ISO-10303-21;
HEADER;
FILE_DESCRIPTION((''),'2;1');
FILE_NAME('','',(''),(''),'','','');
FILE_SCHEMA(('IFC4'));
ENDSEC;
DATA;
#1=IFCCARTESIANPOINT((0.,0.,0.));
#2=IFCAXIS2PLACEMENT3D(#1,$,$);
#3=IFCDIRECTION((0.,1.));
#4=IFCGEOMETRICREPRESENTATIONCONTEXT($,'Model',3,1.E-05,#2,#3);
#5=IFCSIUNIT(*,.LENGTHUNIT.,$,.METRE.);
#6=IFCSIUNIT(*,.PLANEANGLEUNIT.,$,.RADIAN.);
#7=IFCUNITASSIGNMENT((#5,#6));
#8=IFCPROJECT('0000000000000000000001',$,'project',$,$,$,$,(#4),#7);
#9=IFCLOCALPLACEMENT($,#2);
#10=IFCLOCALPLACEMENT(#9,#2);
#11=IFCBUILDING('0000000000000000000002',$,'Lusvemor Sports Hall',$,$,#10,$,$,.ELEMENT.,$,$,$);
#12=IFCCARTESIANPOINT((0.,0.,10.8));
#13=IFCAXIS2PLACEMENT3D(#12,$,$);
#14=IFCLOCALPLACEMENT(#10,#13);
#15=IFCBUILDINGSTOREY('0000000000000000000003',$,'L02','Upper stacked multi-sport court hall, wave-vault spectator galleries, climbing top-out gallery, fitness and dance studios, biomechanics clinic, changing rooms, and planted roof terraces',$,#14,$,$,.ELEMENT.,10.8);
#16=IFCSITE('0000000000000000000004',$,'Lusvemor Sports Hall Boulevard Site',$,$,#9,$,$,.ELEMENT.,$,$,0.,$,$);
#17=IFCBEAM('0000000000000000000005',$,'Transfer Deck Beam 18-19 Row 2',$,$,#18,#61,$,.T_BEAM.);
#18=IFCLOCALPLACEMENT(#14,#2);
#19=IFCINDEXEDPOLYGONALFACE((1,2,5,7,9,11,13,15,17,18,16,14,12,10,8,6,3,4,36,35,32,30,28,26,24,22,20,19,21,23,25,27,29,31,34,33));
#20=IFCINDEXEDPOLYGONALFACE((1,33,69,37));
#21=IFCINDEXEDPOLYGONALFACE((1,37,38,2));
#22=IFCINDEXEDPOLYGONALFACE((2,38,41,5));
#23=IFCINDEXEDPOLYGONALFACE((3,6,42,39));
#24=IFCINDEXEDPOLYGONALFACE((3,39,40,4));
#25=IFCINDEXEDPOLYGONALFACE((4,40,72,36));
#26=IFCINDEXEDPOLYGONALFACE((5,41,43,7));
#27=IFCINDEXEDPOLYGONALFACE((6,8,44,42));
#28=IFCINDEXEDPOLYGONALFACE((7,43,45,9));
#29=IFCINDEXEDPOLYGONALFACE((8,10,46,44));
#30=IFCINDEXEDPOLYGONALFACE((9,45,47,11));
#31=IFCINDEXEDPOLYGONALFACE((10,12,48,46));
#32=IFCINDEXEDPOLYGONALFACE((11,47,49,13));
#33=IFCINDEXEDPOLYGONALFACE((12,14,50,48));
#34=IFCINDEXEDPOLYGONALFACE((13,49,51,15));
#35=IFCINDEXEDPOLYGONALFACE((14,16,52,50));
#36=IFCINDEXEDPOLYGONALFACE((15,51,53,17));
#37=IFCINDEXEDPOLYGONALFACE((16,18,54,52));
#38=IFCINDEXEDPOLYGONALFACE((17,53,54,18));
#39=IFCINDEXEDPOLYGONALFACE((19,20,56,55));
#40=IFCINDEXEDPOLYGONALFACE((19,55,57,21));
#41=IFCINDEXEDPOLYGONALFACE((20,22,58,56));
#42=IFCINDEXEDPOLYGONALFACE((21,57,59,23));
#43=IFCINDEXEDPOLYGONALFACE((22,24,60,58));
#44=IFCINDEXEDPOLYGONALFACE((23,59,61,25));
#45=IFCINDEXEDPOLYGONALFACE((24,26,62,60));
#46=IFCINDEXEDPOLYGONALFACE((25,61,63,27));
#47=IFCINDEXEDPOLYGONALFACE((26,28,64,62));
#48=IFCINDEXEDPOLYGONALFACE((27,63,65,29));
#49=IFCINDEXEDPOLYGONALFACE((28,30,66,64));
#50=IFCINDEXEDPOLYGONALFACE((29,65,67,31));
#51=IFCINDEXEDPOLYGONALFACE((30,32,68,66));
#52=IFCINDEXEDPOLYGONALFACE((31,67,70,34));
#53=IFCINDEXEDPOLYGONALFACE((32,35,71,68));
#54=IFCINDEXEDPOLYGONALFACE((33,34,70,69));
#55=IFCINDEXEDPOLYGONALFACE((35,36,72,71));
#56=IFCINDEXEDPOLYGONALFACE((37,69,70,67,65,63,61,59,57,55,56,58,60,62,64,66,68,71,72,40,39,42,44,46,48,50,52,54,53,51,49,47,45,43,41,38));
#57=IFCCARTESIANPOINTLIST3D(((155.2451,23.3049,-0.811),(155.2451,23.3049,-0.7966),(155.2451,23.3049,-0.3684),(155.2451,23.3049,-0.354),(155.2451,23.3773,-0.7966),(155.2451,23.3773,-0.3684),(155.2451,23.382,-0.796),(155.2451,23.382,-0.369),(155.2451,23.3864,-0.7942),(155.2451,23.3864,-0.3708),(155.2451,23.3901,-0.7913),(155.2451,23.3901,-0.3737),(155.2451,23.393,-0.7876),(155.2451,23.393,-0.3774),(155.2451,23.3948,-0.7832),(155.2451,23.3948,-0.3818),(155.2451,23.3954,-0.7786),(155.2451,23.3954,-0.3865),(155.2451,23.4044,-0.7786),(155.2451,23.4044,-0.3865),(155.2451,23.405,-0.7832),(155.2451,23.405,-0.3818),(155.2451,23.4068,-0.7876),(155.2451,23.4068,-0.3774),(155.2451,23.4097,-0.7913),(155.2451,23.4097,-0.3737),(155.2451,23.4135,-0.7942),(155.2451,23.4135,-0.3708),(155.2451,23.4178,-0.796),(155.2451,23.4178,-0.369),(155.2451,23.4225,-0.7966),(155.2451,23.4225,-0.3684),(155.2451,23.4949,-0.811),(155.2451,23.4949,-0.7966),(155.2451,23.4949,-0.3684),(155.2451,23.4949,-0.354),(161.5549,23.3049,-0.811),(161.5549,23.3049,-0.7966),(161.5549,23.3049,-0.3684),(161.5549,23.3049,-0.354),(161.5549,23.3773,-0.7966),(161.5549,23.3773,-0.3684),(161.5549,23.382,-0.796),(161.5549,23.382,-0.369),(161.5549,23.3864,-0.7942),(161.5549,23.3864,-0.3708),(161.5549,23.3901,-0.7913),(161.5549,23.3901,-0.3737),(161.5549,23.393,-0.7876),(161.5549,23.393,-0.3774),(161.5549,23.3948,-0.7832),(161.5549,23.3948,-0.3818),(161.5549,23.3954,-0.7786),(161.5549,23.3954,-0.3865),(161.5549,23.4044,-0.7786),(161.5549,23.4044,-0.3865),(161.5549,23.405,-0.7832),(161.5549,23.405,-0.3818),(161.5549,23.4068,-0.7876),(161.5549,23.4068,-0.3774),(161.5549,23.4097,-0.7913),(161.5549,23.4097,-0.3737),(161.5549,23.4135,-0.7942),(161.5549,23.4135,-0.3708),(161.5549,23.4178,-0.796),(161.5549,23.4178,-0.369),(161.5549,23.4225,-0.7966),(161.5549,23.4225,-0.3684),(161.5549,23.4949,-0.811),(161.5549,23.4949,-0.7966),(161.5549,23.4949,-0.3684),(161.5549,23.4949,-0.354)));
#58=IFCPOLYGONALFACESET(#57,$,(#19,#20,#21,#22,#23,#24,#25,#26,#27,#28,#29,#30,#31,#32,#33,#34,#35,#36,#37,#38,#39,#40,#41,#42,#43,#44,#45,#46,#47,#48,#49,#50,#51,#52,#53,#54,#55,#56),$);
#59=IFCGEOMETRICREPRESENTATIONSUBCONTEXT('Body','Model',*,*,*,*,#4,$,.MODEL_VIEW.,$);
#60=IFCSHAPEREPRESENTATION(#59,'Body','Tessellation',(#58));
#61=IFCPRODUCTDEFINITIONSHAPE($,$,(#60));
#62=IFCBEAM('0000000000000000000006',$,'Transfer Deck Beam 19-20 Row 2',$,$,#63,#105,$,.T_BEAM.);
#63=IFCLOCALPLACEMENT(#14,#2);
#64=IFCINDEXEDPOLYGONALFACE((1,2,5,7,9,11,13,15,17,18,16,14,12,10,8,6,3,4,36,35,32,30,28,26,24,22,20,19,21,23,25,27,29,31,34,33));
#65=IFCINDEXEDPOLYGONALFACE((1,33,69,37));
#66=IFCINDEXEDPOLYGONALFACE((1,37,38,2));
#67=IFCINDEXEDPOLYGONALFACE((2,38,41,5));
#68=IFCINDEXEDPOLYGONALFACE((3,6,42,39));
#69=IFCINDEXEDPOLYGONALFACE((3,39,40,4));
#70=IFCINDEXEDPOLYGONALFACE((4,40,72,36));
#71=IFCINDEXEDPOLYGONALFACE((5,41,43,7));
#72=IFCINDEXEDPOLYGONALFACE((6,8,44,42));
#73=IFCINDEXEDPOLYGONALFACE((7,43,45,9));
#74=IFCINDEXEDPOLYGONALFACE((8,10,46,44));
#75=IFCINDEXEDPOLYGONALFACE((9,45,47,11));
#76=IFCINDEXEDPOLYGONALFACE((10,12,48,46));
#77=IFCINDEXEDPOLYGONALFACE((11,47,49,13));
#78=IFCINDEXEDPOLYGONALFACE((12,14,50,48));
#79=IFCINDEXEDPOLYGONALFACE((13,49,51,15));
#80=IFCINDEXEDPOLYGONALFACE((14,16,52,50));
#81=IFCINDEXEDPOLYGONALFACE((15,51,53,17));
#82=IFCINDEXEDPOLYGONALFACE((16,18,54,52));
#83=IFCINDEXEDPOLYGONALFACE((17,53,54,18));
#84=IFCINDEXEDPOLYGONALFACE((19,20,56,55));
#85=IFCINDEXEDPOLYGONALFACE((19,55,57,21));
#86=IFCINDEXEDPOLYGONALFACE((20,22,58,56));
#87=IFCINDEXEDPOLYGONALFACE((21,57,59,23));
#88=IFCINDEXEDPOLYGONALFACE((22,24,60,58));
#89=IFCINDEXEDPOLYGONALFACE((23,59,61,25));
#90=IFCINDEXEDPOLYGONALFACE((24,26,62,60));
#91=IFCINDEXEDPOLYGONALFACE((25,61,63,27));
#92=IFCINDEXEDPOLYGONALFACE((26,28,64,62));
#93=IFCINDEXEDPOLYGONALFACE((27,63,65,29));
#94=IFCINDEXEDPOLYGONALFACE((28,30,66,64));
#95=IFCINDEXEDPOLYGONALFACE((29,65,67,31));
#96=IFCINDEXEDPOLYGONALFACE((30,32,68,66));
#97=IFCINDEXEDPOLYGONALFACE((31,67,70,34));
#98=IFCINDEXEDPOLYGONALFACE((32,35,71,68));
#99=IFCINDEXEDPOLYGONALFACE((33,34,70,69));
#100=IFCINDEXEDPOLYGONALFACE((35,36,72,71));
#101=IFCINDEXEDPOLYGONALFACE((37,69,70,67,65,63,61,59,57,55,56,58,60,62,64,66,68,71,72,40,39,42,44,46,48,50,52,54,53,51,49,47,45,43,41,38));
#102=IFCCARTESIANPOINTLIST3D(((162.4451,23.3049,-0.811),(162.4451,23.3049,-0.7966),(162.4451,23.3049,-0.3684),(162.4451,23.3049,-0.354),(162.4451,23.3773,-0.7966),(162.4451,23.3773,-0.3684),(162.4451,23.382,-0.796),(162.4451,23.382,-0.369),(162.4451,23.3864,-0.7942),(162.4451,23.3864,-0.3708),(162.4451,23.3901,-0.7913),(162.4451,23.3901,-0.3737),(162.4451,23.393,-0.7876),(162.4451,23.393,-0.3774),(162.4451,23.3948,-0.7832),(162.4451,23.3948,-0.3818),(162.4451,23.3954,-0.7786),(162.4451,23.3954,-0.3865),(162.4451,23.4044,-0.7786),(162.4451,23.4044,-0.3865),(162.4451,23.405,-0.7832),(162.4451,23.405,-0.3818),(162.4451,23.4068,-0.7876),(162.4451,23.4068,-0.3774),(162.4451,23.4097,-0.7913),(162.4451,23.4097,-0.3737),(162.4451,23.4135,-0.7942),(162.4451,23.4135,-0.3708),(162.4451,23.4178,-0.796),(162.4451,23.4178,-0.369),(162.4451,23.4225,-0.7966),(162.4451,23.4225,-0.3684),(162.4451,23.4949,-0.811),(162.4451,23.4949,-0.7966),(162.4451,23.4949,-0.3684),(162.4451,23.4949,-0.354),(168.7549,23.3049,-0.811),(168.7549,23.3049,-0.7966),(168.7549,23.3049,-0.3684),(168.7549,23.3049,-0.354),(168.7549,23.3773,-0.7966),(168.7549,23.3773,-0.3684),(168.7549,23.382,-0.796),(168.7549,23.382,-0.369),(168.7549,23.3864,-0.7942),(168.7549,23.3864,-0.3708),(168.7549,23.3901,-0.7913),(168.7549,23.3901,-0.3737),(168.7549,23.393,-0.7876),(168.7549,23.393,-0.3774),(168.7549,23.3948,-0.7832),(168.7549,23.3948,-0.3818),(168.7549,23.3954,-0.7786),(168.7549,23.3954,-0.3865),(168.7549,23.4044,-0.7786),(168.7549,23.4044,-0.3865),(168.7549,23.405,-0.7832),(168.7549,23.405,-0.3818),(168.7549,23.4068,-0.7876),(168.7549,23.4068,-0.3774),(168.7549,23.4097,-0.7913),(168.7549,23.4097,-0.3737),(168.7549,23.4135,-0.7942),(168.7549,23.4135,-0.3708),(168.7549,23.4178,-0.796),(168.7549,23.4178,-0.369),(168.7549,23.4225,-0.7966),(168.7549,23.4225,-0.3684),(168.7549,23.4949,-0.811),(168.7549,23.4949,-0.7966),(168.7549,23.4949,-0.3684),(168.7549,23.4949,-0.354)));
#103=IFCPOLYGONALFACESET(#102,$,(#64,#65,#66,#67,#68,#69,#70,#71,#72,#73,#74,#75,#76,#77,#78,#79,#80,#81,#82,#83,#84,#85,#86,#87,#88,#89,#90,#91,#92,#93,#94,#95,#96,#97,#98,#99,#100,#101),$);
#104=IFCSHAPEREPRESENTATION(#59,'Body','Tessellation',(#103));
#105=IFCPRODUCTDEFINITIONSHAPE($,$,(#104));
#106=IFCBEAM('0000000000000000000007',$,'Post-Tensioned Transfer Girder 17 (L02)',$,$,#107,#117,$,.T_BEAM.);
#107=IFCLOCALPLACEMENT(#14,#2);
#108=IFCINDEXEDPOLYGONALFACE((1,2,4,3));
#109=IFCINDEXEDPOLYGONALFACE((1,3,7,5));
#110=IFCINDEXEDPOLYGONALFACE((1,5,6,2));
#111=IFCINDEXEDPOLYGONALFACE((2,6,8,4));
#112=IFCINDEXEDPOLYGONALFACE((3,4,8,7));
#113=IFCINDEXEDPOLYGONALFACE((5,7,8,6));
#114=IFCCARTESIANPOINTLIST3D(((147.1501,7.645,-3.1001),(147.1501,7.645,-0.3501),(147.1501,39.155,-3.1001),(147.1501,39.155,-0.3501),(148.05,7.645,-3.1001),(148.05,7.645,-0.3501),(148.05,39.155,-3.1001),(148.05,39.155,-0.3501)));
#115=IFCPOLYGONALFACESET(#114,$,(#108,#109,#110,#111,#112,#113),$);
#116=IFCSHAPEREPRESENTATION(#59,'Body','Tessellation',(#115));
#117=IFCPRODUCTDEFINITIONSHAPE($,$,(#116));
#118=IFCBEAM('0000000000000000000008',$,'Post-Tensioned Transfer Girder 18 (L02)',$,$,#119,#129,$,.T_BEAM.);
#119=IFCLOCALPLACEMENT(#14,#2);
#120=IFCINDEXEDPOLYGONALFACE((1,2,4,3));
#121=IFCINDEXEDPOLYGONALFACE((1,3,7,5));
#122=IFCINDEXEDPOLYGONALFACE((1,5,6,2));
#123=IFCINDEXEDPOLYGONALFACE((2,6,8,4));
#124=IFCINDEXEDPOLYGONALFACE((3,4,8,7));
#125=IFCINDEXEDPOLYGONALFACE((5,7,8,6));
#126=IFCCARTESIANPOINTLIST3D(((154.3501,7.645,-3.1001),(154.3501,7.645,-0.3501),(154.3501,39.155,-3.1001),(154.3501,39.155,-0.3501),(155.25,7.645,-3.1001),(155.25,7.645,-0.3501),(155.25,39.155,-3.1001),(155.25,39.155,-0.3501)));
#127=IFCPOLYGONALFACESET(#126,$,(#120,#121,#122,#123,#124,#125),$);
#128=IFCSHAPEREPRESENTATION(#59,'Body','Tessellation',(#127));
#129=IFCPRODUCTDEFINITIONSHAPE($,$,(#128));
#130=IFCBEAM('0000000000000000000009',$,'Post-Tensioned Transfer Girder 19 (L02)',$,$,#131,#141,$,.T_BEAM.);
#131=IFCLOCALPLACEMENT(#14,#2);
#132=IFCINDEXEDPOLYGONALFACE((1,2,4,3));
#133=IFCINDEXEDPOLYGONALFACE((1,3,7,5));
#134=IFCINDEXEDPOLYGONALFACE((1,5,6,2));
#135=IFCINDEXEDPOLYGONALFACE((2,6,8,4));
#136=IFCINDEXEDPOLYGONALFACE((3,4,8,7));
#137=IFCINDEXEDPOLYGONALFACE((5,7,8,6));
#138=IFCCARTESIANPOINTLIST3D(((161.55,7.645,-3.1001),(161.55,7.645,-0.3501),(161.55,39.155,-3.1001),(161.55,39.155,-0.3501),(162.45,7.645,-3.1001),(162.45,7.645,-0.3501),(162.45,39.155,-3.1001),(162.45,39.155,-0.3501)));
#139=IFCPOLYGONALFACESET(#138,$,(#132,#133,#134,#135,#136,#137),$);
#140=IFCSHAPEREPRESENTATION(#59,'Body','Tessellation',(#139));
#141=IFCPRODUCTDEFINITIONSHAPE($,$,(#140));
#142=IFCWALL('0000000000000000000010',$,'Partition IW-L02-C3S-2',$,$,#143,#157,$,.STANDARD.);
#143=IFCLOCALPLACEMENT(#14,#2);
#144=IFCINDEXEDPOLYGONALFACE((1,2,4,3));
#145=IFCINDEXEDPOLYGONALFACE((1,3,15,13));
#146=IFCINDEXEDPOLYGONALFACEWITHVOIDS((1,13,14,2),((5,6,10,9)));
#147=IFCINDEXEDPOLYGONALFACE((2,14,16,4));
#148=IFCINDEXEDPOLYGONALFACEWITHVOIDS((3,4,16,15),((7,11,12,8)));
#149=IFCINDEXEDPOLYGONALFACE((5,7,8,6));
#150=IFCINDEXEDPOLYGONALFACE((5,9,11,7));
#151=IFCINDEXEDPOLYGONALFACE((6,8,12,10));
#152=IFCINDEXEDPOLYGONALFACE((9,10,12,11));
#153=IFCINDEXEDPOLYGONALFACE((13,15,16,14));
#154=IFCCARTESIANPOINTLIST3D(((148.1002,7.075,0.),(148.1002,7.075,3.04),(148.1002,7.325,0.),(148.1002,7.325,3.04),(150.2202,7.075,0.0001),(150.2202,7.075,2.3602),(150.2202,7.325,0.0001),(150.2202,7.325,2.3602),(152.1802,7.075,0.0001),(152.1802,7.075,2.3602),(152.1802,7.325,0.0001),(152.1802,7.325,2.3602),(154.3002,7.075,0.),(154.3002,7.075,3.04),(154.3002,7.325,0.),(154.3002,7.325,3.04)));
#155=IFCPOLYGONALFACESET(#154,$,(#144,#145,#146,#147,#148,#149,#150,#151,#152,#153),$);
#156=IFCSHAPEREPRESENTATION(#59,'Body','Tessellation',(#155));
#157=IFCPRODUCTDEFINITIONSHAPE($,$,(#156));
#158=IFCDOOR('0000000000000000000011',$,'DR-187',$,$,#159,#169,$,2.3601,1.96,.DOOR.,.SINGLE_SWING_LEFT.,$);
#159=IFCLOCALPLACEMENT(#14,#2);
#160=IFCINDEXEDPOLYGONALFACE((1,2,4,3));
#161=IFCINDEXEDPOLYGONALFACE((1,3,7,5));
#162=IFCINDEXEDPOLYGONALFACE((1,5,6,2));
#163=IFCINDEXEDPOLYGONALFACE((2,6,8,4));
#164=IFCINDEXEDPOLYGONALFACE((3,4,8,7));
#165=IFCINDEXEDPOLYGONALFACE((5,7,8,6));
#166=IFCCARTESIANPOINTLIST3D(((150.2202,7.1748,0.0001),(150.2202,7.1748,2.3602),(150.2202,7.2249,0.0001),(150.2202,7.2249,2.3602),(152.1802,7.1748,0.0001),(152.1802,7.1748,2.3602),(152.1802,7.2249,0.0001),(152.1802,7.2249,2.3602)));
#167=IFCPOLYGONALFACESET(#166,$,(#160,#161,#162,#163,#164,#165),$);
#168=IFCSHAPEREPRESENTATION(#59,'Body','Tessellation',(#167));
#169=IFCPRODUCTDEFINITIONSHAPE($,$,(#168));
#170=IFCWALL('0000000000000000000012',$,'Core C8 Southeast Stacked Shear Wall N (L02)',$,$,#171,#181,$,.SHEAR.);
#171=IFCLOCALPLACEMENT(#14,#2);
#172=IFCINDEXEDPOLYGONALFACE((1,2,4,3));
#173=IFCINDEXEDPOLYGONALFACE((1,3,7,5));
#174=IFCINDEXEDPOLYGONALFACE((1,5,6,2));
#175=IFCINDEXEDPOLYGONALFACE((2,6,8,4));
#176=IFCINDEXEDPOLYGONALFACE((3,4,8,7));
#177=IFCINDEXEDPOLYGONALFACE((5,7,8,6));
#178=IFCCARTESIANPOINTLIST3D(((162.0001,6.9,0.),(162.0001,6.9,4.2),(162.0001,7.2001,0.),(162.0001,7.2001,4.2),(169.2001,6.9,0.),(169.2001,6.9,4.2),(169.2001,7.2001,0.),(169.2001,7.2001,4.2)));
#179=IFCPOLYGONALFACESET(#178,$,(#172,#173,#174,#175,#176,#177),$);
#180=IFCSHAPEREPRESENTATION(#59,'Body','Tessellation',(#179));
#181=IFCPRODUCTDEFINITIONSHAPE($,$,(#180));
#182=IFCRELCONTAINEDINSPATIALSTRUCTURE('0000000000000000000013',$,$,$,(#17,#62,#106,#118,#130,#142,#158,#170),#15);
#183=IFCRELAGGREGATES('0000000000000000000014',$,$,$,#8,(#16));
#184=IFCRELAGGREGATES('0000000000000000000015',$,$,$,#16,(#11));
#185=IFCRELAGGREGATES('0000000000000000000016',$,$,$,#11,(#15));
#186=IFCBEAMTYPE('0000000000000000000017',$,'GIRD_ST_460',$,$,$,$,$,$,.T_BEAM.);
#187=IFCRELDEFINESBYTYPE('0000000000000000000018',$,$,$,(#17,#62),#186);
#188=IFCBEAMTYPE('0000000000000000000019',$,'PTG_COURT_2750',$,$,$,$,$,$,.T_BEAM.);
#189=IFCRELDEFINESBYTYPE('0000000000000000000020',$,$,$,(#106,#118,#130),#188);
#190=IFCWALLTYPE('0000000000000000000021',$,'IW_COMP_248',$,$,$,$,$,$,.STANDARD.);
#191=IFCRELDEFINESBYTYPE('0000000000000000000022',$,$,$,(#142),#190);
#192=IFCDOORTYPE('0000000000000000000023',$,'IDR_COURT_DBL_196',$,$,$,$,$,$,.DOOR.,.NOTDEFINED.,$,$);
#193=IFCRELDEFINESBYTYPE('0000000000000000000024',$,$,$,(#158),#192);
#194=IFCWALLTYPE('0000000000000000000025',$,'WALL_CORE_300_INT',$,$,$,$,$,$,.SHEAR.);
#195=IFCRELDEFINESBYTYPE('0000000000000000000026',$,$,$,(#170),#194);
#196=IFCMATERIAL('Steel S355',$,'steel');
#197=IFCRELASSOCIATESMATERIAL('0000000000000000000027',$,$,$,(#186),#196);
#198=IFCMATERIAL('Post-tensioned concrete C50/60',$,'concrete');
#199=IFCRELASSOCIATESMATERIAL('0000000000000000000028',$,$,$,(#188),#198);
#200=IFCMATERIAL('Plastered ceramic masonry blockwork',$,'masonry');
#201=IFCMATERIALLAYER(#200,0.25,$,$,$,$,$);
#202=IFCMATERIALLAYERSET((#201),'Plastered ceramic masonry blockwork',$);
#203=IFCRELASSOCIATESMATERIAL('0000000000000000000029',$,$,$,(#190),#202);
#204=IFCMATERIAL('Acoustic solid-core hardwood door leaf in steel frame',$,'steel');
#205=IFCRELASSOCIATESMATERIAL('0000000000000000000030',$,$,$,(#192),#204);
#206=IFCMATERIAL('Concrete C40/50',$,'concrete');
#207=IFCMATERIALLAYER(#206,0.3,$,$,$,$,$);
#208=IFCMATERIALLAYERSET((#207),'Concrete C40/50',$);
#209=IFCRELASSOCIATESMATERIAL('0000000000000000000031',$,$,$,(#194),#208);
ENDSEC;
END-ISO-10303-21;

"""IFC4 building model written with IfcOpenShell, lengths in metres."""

from ifc_helpers import new_model, si_unit, direction, frame, frame_2d, origin, origin_2d, place, context, subcontext, project, spatial, rectangle, i_section, extrude, material, layer, layer_set, material_profile, profile_set, type_object, element, fill, save


model = new_model("IFC4")

# Units and contexts
model_context = context("Model", 3, precision=1e-05, world=origin(), true_north=direction((0.0, 1.0)))
body_context = subcontext(model_context, "Body", "Model", "MODEL_VIEW")
ifc_project = project(units=[si_unit("LENGTHUNIT", "METRE"), si_unit("PLANEANGLEUNIT", "RADIAN")], contexts=[model_context])

# Site, building, storey
site_placement = place(None, origin())
site = spatial("IfcSite", under=ifc_project, at=site_placement, Name="Lusvemor Sports Hall Boulevard Site", CompositionType="ELEMENT", RefElevation=0.0)
building_placement = place(site_placement, origin())
building = spatial("IfcBuilding", under=site, at=building_placement, Name="Lusvemor Sports Hall", CompositionType="ELEMENT")
storey_placement = place(building_placement, frame((0.0, 0.0, 10.8)))
storey = spatial("IfcBuildingStorey", under=building, at=storey_placement, Name="L02", Description="Upper stacked multi-sport court hall, wave-vault spectator galleries, climbing top-out gallery, fitness and dance studios, biomechanics clinic, changing rooms, and planted roof terraces", CompositionType="ELEMENT", Elevation=10.8)

# Beams
ifc_material_1 = material(Name="Steel S355", Category="steel")
ifc_material_profile_1 = material_profile(ifc_material_1, i_section(OverallWidth=0.1899, OverallDepth=0.457, WebThickness=0.009, FlangeThickness=0.0144, FilletRadius=0.0181, at=origin_2d()), Name="W460x74.0")
ifc_profile_set_1 = profile_set([ifc_material_profile_1], Name="Steel S355")
beam_type_1 = type_object("IfcBeamType", Name="GIRD_ST_460", PredefinedType="T_BEAM", material=ifc_profile_set_1)
for number, where, z_axis, x_axis, name in (
    (1, (155.2451, 23.3999, -0.5825), (1.0, 0.0, 0.0), (0.0, 1.0, 0.0), "Transfer Deck Beam 18-19 Row 2"),
    (2, (162.4451, 23.3999, -0.5825), (1.0, 0.0, 0.0), (0.0, 1.0, 0.0), "Transfer Deck Beam 19-20 Row 2"),
):
    element("IfcBeam", number, at=place(storey_placement, frame(where, z_axis=z_axis, x_axis=x_axis)), inside=storey, type_object=beam_type_1, Name=name, PredefinedType="T_BEAM", context=body_context, shape_type="SweptSolid", body=[
        extrude(i_section(OverallWidth=0.1899, OverallDepth=0.457, WebThickness=0.009, FlangeThickness=0.0144, FilletRadius=0.0181, at=origin_2d()), origin(), (0.0, 0.0, 1.0), 6.3098),
    ])
ifc_material_2 = material(Name="Post-tensioned concrete C50/60", Category="concrete")
ifc_material_profile_2 = material_profile(ifc_material_2, rectangle(XDim=0.8999, YDim=2.75, at=origin_2d()), Name="PT900x2750")
ifc_profile_set_2 = profile_set([ifc_material_profile_2], Name="Post-tensioned concrete C50/60")
beam_type_2 = type_object("IfcBeamType", Name="PTG_COURT_2750", PredefinedType="T_BEAM", material=ifc_profile_set_2)
for number, where, z_axis, x_axis, name in (
    (3, (147.6001, 7.645, -1.7251), (0.0, 1.0, 0.0), (-1.0, 0.0, 0.0), "Post-Tensioned Transfer Girder 17 (L02)"),
    (4, (154.8, 7.645, -1.7251), (0.0, 1.0, 0.0), (-1.0, 0.0, 0.0), "Post-Tensioned Transfer Girder 18 (L02)"),
    (5, (162.0, 7.645, -1.7251), (0.0, 1.0, 0.0), (-1.0, 0.0, 0.0), "Post-Tensioned Transfer Girder 19 (L02)"),
):
    element("IfcBeam", number, at=place(storey_placement, frame(where, z_axis=z_axis, x_axis=x_axis)), inside=storey, type_object=beam_type_2, Name=name, PredefinedType="T_BEAM", context=body_context, shape_type="SweptSolid", body=[
        extrude(rectangle(XDim=0.8999, YDim=2.75, at=origin_2d()), origin(), (0.0, 0.0, 1.0), 31.51),
    ])

# Wall, opening, door
ifc_material_3 = material(Name="Plastered ceramic masonry blockwork", Category="masonry")
ifc_layer_1 = layer(ifc_material_3, 0.25)
ifc_layer_set_1 = layer_set([ifc_layer_1], Name="Plastered ceramic masonry blockwork")
wall_type_1 = type_object("IfcWallType", Name="IW_COMP_248", PredefinedType="STANDARD", material=ifc_layer_set_1)
wall_1_placement = place(storey_placement, frame((148.1001, 7.2, 0.0), z_axis=(0.0, 0.0, 1.0), x_axis=(1.0, 0.0, 0.0)))
wall_1 = element("IfcWall", 6, at=wall_1_placement, inside=storey, type_object=wall_type_1, Name="Partition IW-L02-C3S-2", PredefinedType="STANDARD", context=body_context, shape_type="SweptSolid", body=[
    extrude(rectangle(XDim=6.2, YDim=0.25, at=frame_2d((3.1001, 0.0))), origin(), (0.0, 0.0, 1.0), 3.04),
])
opening_placement = place(wall_1_placement, frame((2.1201, 0.0, 0.0)))
opening = element("IfcOpeningElement", 7, at=opening_placement, cuts=wall_1, PredefinedType="OPENING", context=body_context, shape_type="SweptSolid", body=[
    extrude(rectangle(XDim=1.96, YDim=2.3601, at=frame_2d((0.98, 1.1802))), frame((0.0, 0.125, 0.0), z_axis=(0.0, -1.0, 0.0), x_axis=(1.0, 0.0, 0.0)), (0.0, 0.0, 1.0), 0.25),
])
ifc_material_4 = material(Name="Acoustic solid-core hardwood door leaf in steel frame", Category="steel")
door_type = type_object("IfcDoorType", Name="IDR_COURT_DBL_196", OperationType="NOTDEFINED", PredefinedType="DOOR", material=ifc_material_4)
door_placement = place(opening_placement, origin())
door = element("IfcDoor", 8, at=door_placement, inside=storey, type_object=door_type, Name="DR-187", OperationType="SINGLE_SWING_LEFT", OverallHeight=2.3601, OverallWidth=1.96, PredefinedType="DOOR", context=body_context, shape_type="SweptSolid", body=[
    extrude(rectangle(XDim=1.96, YDim=2.3601, at=frame_2d((0.98, 1.1802))), frame((0.0, 0.0249, 0.0), z_axis=(0.0, -1.0, 0.0), x_axis=(1.0, 0.0, 0.0)), (0.0, 0.0, 1.0), 0.05),
])
fill(opening, door)

# Wall
ifc_material_5 = material(Name="Concrete C40/50", Category="concrete")
ifc_layer_2 = layer(ifc_material_5, 0.3)
ifc_layer_set_2 = layer_set([ifc_layer_2], Name="Concrete C40/50")
wall_type_2 = type_object("IfcWallType", Name="WALL_CORE_300_INT", PredefinedType="SHEAR", material=ifc_layer_set_2)
wall_2_placement = place(storey_placement, frame((162.0, 7.05, 0.0), z_axis=(0.0, 0.0, 1.0), x_axis=(1.0, 0.0, 0.0)))
element("IfcWall", 9, at=wall_2_placement, inside=storey, type_object=wall_type_2, Name="Core C8 Southeast Stacked Shear Wall N (L02)", PredefinedType="SHEAR", context=body_context, shape_type="SweptSolid", body=[
    extrude(rectangle(XDim=7.2, YDim=0.3, at=frame_2d((3.6001, 0.0))), origin(), (0.0, 0.0, 1.0), 4.2),
])

save(model, "model.ifc")
